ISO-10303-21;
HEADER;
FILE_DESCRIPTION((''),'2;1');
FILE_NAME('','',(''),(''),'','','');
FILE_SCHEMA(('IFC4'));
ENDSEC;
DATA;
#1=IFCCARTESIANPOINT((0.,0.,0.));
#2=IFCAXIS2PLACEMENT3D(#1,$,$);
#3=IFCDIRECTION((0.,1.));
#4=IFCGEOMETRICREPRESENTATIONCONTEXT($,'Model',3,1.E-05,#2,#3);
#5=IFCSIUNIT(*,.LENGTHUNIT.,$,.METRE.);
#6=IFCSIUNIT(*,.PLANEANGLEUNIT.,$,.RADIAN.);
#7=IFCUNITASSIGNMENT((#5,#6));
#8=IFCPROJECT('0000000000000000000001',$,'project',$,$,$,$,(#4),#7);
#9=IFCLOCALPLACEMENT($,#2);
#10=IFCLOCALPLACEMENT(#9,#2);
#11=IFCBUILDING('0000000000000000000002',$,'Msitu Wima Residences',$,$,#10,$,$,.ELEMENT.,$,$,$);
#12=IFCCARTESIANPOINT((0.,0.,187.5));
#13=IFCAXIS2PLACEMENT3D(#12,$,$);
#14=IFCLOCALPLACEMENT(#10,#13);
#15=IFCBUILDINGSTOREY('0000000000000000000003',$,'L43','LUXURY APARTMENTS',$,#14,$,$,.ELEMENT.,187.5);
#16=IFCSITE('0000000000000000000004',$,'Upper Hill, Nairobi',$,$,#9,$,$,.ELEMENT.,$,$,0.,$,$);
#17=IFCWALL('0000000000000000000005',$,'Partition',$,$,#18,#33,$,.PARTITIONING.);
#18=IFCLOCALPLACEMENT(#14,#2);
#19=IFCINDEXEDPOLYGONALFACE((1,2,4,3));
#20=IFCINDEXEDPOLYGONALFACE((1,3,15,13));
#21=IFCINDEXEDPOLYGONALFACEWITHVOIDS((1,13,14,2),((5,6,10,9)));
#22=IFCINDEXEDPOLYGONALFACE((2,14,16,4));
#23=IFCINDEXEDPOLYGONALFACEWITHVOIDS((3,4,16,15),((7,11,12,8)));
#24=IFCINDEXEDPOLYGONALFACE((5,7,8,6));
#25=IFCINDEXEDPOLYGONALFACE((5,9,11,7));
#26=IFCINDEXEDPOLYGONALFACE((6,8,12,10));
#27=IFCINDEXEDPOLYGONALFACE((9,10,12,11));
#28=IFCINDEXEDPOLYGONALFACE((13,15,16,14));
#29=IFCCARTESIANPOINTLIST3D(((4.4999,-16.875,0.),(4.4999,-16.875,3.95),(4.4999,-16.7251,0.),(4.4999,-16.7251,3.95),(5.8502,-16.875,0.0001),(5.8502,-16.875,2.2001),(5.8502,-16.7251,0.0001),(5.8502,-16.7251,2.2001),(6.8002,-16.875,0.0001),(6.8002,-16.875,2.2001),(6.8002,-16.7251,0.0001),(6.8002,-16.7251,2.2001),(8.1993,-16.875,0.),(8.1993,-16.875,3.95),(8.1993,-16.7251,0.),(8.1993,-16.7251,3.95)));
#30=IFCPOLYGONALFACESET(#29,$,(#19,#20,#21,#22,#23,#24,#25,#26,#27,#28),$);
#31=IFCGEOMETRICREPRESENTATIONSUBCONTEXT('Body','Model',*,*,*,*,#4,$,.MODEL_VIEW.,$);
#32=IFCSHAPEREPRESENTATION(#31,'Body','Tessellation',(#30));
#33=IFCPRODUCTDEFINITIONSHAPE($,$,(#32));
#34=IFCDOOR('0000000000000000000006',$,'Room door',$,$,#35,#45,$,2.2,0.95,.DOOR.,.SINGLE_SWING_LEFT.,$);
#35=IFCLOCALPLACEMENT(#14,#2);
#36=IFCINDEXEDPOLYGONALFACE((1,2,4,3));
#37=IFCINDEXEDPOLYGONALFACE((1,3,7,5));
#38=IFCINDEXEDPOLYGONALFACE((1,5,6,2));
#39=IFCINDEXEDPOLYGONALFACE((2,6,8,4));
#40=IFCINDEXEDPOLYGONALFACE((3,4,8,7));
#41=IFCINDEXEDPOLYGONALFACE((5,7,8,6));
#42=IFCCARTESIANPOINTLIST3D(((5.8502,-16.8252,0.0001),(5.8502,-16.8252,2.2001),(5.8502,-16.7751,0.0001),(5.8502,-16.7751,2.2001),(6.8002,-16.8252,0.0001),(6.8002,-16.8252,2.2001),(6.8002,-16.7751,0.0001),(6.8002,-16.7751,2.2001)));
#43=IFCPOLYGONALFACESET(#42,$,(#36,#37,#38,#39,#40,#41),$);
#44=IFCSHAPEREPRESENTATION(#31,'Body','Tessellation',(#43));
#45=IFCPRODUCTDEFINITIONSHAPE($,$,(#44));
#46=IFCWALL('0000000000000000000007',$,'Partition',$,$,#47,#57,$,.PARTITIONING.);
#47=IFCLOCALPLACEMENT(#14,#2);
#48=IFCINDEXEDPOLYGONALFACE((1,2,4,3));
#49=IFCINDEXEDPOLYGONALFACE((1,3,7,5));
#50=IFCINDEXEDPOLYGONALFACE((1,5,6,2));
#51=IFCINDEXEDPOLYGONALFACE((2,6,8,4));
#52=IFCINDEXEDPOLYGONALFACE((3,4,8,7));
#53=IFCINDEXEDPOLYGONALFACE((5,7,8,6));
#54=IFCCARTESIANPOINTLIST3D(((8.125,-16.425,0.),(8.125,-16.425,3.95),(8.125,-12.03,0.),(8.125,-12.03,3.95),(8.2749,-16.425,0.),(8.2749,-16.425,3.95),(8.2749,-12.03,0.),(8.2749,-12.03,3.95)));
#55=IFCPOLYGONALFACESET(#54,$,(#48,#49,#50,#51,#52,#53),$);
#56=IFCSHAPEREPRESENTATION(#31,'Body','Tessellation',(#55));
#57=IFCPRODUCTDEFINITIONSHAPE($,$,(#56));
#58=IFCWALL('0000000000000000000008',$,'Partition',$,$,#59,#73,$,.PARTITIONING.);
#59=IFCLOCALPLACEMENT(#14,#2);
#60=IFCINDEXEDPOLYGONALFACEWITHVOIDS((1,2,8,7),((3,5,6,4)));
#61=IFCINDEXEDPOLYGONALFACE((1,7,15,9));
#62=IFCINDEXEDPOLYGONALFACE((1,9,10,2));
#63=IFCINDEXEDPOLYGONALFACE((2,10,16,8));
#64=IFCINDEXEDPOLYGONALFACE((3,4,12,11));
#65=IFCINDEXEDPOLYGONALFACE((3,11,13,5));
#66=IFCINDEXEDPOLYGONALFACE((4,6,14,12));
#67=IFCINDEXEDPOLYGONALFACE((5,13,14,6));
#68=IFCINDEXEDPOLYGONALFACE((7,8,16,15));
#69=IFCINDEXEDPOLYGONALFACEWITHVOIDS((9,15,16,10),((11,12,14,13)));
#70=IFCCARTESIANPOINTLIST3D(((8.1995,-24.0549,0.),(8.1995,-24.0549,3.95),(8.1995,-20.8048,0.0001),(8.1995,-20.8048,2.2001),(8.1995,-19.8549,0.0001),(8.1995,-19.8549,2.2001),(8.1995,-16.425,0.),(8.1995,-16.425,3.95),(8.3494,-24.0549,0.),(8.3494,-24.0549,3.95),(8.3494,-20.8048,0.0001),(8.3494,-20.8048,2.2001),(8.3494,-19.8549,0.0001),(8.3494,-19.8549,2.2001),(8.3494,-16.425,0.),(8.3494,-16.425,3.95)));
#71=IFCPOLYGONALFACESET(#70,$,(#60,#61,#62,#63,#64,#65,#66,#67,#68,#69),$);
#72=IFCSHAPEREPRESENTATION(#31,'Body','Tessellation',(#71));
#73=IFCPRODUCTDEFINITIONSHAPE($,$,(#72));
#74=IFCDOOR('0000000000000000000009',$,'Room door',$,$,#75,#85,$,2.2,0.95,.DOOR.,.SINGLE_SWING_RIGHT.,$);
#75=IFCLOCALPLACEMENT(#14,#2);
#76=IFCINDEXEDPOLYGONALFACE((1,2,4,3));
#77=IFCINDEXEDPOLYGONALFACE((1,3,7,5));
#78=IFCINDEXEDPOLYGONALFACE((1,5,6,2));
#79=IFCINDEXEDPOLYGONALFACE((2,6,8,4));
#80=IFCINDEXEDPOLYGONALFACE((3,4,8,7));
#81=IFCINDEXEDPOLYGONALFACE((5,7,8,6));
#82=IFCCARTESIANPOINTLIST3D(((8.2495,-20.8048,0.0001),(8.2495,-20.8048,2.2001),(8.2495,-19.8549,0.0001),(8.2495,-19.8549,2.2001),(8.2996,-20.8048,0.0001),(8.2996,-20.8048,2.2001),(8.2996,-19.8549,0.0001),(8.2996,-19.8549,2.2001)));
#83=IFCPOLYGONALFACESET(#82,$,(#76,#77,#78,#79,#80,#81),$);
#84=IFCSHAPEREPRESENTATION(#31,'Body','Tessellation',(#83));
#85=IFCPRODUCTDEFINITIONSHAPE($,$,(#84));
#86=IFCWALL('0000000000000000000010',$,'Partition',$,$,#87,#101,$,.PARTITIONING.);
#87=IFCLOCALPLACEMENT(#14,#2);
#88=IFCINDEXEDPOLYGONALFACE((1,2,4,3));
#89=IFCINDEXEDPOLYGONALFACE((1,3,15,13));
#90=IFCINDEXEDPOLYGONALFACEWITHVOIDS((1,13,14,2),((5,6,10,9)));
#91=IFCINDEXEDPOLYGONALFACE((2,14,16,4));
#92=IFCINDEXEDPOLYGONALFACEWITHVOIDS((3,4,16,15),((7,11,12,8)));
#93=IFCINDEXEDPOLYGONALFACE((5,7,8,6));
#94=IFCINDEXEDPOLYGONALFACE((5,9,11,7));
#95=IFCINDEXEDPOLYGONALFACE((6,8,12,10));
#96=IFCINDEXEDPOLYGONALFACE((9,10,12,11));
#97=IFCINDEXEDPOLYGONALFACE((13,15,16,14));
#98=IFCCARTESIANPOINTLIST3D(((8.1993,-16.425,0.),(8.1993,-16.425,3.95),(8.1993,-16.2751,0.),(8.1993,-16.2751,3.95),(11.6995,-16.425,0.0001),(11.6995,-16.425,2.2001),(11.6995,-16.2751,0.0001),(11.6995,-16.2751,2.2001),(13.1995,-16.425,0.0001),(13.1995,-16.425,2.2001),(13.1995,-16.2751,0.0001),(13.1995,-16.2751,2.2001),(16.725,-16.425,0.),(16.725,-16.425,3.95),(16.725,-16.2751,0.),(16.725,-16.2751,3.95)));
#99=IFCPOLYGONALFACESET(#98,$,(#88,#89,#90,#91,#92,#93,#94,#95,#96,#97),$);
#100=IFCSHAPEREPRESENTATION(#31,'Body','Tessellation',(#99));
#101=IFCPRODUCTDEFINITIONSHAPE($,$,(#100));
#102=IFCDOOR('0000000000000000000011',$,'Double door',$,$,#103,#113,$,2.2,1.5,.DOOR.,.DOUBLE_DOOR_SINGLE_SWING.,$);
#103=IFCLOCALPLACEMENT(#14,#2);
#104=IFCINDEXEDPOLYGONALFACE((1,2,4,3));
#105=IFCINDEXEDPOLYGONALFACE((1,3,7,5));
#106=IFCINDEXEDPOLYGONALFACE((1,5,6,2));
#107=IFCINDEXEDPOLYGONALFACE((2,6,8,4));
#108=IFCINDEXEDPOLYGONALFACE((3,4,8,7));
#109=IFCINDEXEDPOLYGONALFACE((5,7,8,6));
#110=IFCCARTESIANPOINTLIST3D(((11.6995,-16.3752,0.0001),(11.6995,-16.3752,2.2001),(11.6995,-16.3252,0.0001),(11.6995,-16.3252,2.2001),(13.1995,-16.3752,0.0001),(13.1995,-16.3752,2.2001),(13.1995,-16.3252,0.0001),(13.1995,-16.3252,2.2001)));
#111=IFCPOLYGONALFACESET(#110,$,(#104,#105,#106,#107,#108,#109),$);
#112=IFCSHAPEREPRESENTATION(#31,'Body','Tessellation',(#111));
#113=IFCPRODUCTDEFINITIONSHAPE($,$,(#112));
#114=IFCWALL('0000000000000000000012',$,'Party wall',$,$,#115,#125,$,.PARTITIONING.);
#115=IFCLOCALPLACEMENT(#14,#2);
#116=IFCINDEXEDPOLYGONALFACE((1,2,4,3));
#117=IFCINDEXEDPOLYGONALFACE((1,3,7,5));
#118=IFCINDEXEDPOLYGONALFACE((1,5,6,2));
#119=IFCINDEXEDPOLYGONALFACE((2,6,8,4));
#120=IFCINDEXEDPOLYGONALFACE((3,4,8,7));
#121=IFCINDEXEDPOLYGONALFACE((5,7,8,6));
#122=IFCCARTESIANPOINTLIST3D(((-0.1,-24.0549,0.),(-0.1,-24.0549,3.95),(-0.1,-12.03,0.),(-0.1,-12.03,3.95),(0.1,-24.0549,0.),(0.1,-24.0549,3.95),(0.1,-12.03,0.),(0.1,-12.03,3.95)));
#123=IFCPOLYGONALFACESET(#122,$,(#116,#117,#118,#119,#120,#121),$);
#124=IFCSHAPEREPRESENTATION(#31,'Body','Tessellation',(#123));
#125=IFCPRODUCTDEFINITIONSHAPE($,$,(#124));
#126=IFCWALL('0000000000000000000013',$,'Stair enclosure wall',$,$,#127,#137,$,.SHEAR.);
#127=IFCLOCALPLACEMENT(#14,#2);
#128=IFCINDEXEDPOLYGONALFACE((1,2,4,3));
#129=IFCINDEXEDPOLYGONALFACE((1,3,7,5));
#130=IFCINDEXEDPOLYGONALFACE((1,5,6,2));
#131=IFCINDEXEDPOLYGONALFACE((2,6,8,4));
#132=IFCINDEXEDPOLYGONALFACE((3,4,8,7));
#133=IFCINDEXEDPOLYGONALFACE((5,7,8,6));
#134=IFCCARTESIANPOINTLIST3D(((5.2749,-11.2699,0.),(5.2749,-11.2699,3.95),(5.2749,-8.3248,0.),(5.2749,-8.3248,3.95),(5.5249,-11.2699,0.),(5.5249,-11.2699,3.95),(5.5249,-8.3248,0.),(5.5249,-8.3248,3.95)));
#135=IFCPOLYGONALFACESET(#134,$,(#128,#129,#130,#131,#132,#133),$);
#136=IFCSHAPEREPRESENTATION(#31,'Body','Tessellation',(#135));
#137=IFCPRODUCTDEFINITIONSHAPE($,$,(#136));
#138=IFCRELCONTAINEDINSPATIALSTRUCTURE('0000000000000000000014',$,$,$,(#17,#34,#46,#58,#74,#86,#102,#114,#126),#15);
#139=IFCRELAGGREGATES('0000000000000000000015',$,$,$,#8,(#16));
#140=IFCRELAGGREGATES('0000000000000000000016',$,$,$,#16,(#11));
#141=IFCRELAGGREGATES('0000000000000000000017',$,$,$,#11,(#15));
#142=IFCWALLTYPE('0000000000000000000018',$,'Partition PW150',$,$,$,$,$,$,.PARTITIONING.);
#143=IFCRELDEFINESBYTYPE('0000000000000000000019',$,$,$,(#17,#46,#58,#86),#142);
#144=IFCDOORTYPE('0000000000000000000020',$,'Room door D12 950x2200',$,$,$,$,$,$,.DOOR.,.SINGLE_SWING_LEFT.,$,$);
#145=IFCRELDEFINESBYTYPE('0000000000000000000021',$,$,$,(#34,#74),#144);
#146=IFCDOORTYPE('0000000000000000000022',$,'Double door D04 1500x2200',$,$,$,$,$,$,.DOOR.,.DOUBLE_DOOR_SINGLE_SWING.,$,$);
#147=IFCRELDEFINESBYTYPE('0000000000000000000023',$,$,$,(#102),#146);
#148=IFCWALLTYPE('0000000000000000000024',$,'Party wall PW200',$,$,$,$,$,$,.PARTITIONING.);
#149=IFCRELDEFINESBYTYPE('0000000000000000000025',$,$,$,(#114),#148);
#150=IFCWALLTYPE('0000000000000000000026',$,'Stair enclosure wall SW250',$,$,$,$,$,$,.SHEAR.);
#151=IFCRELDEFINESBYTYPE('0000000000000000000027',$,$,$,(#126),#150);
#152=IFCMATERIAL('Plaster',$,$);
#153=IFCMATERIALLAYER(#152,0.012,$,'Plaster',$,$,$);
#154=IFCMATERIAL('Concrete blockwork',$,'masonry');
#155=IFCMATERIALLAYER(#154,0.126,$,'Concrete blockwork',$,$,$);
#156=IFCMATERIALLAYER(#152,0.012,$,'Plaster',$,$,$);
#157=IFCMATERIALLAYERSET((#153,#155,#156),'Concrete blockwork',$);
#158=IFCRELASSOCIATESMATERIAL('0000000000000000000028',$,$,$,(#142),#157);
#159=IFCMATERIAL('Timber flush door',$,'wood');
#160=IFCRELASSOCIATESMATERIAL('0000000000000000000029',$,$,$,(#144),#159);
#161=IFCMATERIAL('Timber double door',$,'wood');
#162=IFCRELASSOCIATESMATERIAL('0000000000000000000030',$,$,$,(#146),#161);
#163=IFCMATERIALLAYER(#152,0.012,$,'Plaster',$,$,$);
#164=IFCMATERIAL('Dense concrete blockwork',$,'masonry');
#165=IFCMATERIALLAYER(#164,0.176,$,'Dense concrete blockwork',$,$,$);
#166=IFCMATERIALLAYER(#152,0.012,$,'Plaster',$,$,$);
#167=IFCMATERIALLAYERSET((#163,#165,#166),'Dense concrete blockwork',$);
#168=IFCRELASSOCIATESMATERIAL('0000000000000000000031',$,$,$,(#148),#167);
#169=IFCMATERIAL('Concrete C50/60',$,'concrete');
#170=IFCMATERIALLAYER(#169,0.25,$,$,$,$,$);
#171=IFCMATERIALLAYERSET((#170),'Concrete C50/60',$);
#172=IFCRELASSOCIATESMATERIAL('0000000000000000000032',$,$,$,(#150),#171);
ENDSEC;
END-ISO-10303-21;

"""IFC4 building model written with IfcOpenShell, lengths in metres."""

from ifc_helpers import new_model, si_unit, direction, frame, frame_2d, origin, place, context, subcontext, project, spatial, rectangle, extrude, material, layer, layer_set, type_object, element, fill, save


model = new_model("IFC4")

# Units and contexts
model_context = context("Model", 3, precision=1e-05, world=origin(), true_north=direction((0.0, 1.0)))
body_context = subcontext(model_context, "Body", "Model", "MODEL_VIEW")
ifc_project = project(units=[si_unit("LENGTHUNIT", "METRE"), si_unit("PLANEANGLEUNIT", "RADIAN")], contexts=[model_context])

# Site, building, storey
site_placement = place(None, origin())
site = spatial("IfcSite", under=ifc_project, at=site_placement, Name="Upper Hill, Nairobi", CompositionType="ELEMENT", RefElevation=0.0)
building_placement = place(site_placement, origin())
building = spatial("IfcBuilding", under=site, at=building_placement, Name="Msitu Wima Residences", CompositionType="ELEMENT")
storey_placement = place(building_placement, frame((0.0, 0.0, 187.5)))
storey = spatial("IfcBuildingStorey", under=building, at=storey_placement, Name="L43", Description="LUXURY APARTMENTS", CompositionType="ELEMENT", Elevation=187.5)

# Shared definitions
ifc_material_1 = material(Name="Concrete C50/60", Category="concrete")

# Shared definitions
ifc_material_2 = material(Name="Plaster")
ifc_layer_1 = layer(ifc_material_2, 0.012, Name="Plaster")
ifc_material_3 = material(Name="Concrete blockwork", Category="masonry")
ifc_layer_2 = layer(ifc_material_3, 0.126, Name="Concrete blockwork")
ifc_layer_3 = layer(ifc_material_2, 0.012, Name="Plaster")
ifc_layer_set_1 = layer_set([ifc_layer_1, ifc_layer_2, ifc_layer_3], Name="Concrete blockwork")
wall_type_1 = type_object("IfcWallType", Name="Partition PW150", PredefinedType="PARTITIONING", material=ifc_layer_set_1)

# Wall, opening, door
wall_1_placement = place(storey_placement, frame((4.5, -16.8, 0.0), z_axis=(0.0, 0.0, 1.0), x_axis=(1.0, 0.0, 0.0)))
wall_1 = element("IfcWall", 1, at=wall_1_placement, inside=storey, type_object=wall_type_1, Name="Partition", PredefinedType="PARTITIONING", context=body_context, shape_type="SweptSolid", body=[
    extrude(rectangle(XDim=3.6995, YDim=0.1499, at=frame_2d((1.8496, 0.0))), origin(), (0.0, 0.0, 1.0), 3.95),
])
opening_1_placement = place(wall_1_placement, frame((1.3501, 0.0, 0.0)))
opening_1 = element("IfcOpeningElement", 2, at=opening_1_placement, cuts=wall_1, PredefinedType="OPENING", context=body_context, shape_type="SweptSolid", body=[
    extrude(rectangle(XDim=0.95, YDim=2.2, at=frame_2d((0.4751, 1.1001))), frame((0.0, 0.085, 0.0), z_axis=(0.0, -1.0, 0.0), x_axis=(1.0, 0.0, 0.0)), (0.0, 0.0, 1.0), 0.1699),
])
ifc_material_4 = material(Name="Timber flush door", Category="wood")
door_type_1 = type_object("IfcDoorType", Name="Room door D12 950x2200", OperationType="SINGLE_SWING_LEFT", PredefinedType="DOOR", material=ifc_material_4)
door_1_placement = place(opening_1_placement, origin())
door_1 = element("IfcDoor", 3, at=door_1_placement, inside=storey, type_object=door_type_1, Name="Room door", OperationType="SINGLE_SWING_LEFT", OverallHeight=2.2, OverallWidth=0.95, PredefinedType="DOOR", context=body_context, shape_type="SweptSolid", body=[
    extrude(rectangle(XDim=0.95, YDim=2.2, at=frame_2d((0.4751, 1.1001))), frame((0.0, 0.0249, 0.0), z_axis=(0.0, -1.0, 0.0), x_axis=(1.0, 0.0, 0.0)), (0.0, 0.0, 1.0), 0.05),
])
fill(opening_1, door_1)

# Wall
wall_2_placement = place(storey_placement, frame((8.2, -16.425, 0.0), z_axis=(0.0, 0.0, 1.0), x_axis=(0.0, 1.0, 0.0)))
element("IfcWall", 4, at=wall_2_placement, inside=storey, type_object=wall_type_1, Name="Partition", PredefinedType="PARTITIONING", context=body_context, shape_type="SweptSolid", body=[
    extrude(rectangle(XDim=4.395, YDim=0.1499, at=frame_2d((2.1975, 0.0))), origin(), (0.0, 0.0, 1.0), 3.95),
])

# Walls, openings, doors
wall_3_placement = place(storey_placement, frame((8.2744, -24.0549, 0.0), z_axis=(0.0, 0.0, 1.0), x_axis=(0.0, 1.0, 0.0)))
wall_3 = element("IfcWall", 5, at=wall_3_placement, inside=storey, type_object=wall_type_1, Name="Partition", PredefinedType="PARTITIONING", context=body_context, shape_type="SweptSolid", body=[
    extrude(rectangle(XDim=7.6299, YDim=0.1499, at=frame_2d((3.8149, 0.0))), origin(), (0.0, 0.0, 1.0), 3.95),
])
opening_2_placement = place(wall_3_placement, frame((3.25, 0.0, 0.0)))
opening_2 = element("IfcOpeningElement", 6, at=opening_2_placement, cuts=wall_3, PredefinedType="OPENING", context=body_context, shape_type="SweptSolid", body=[
    extrude(rectangle(XDim=0.95, YDim=2.2, at=frame_2d((0.4751, 1.1001))), frame((0.0, 0.085, 0.0), z_axis=(0.0, -1.0, 0.0), x_axis=(1.0, 0.0, 0.0)), (0.0, 0.0, 1.0), 0.1699),
])
door_2_placement = place(opening_2_placement, origin())
door_2 = element("IfcDoor", 7, at=door_2_placement, inside=storey, type_object=door_type_1, Name="Room door", OperationType="SINGLE_SWING_RIGHT", OverallHeight=2.2, OverallWidth=0.95, PredefinedType="DOOR", context=body_context, shape_type="SweptSolid", body=[
    extrude(rectangle(XDim=0.95, YDim=2.2, at=frame_2d((0.4751, 1.1001))), frame((0.0, 0.0249, 0.0), z_axis=(0.0, -1.0, 0.0), x_axis=(1.0, 0.0, 0.0)), (0.0, 0.0, 1.0), 0.05),
])
fill(opening_2, door_2)
wall_4_placement = place(storey_placement, frame((8.1995, -16.3501, 0.0), z_axis=(0.0, 0.0, 1.0), x_axis=(1.0, 0.0, 0.0)))
wall_4 = element("IfcWall", 8, at=wall_4_placement, inside=storey, type_object=wall_type_1, Name="Partition", PredefinedType="PARTITIONING", context=body_context, shape_type="SweptSolid", body=[
    extrude(rectangle(XDim=8.5256, YDim=0.1499, at=frame_2d((4.2627, 0.0))), origin(), (0.0, 0.0, 1.0), 3.95),
])
opening_3_placement = place(wall_4_placement, frame((3.5, 0.0, 0.0)))
opening_3 = element("IfcOpeningElement", 9, at=opening_3_placement, cuts=wall_4, PredefinedType="OPENING", context=body_context, shape_type="SweptSolid", body=[
    extrude(rectangle(XDim=1.5, YDim=2.2, at=frame_2d((0.75, 1.1001))), frame((0.0, 0.085, 0.0), z_axis=(0.0, -1.0, 0.0), x_axis=(1.0, 0.0, 0.0)), (0.0, 0.0, 1.0), 0.1699),
])
ifc_material_5 = material(Name="Timber double door", Category="wood")
door_type_2 = type_object("IfcDoorType", Name="Double door D04 1500x2200", OperationType="DOUBLE_DOOR_SINGLE_SWING", PredefinedType="DOOR", material=ifc_material_5)
door_3_placement = place(opening_3_placement, origin())
door_3 = element("IfcDoor", 10, at=door_3_placement, inside=storey, type_object=door_type_2, Name="Double door", OperationType="DOUBLE_DOOR_SINGLE_SWING", OverallHeight=2.2, OverallWidth=1.5, PredefinedType="DOOR", context=body_context, shape_type="SweptSolid", body=[
    extrude(rectangle(XDim=1.5, YDim=2.2, at=frame_2d((0.75, 1.1001))), frame((0.0, 0.0249, 0.0), z_axis=(0.0, -1.0, 0.0), x_axis=(1.0, 0.0, 0.0)), (0.0, 0.0, 1.0), 0.05),
])
fill(opening_3, door_3)

# Walls
ifc_layer_4 = layer(ifc_material_2, 0.012, Name="Plaster")
ifc_material_6 = material(Name="Dense concrete blockwork", Category="masonry")
ifc_layer_5 = layer(ifc_material_6, 0.176, Name="Dense concrete blockwork")
ifc_layer_6 = layer(ifc_material_2, 0.012, Name="Plaster")
ifc_layer_set_2 = layer_set([ifc_layer_4, ifc_layer_5, ifc_layer_6], Name="Dense concrete blockwork")
wall_type_2 = type_object("IfcWallType", Name="Party wall PW200", PredefinedType="PARTITIONING", material=ifc_layer_set_2)
wall_5_placement = place(storey_placement, frame((0.0, -24.0549, 0.0), z_axis=(0.0, 0.0, 1.0), x_axis=(0.0, 1.0, 0.0)))
element("IfcWall", 11, at=wall_5_placement, inside=storey, type_object=wall_type_2, Name="Party wall", PredefinedType="PARTITIONING", context=body_context, shape_type="SweptSolid", body=[
    extrude(rectangle(XDim=12.0249, YDim=0.2, at=frame_2d((6.0125, 0.0))), origin(), (0.0, 0.0, 1.0), 3.95),
])
ifc_layer_7 = layer(ifc_material_1, 0.25)
ifc_layer_set_3 = layer_set([ifc_layer_7], Name="Concrete C50/60")
wall_type_3 = type_object("IfcWallType", Name="Stair enclosure wall SW250", PredefinedType="SHEAR", material=ifc_layer_set_3)
wall_6_placement = place(storey_placement, frame((5.3999, -11.27, 0.0), z_axis=(0.0, 0.0, 1.0), x_axis=(0.0, 1.0, 0.0)))
element("IfcWall", 12, at=wall_6_placement, inside=storey, type_object=wall_type_3, Name="Stair enclosure wall", PredefinedType="SHEAR", context=body_context, shape_type="SweptSolid", body=[
    extrude(rectangle(XDim=2.9451, YDim=0.25, at=frame_2d((1.4727, 0.0))), origin(), (0.0, 0.0, 1.0), 3.95),
])

save(model, "model.ifc")
